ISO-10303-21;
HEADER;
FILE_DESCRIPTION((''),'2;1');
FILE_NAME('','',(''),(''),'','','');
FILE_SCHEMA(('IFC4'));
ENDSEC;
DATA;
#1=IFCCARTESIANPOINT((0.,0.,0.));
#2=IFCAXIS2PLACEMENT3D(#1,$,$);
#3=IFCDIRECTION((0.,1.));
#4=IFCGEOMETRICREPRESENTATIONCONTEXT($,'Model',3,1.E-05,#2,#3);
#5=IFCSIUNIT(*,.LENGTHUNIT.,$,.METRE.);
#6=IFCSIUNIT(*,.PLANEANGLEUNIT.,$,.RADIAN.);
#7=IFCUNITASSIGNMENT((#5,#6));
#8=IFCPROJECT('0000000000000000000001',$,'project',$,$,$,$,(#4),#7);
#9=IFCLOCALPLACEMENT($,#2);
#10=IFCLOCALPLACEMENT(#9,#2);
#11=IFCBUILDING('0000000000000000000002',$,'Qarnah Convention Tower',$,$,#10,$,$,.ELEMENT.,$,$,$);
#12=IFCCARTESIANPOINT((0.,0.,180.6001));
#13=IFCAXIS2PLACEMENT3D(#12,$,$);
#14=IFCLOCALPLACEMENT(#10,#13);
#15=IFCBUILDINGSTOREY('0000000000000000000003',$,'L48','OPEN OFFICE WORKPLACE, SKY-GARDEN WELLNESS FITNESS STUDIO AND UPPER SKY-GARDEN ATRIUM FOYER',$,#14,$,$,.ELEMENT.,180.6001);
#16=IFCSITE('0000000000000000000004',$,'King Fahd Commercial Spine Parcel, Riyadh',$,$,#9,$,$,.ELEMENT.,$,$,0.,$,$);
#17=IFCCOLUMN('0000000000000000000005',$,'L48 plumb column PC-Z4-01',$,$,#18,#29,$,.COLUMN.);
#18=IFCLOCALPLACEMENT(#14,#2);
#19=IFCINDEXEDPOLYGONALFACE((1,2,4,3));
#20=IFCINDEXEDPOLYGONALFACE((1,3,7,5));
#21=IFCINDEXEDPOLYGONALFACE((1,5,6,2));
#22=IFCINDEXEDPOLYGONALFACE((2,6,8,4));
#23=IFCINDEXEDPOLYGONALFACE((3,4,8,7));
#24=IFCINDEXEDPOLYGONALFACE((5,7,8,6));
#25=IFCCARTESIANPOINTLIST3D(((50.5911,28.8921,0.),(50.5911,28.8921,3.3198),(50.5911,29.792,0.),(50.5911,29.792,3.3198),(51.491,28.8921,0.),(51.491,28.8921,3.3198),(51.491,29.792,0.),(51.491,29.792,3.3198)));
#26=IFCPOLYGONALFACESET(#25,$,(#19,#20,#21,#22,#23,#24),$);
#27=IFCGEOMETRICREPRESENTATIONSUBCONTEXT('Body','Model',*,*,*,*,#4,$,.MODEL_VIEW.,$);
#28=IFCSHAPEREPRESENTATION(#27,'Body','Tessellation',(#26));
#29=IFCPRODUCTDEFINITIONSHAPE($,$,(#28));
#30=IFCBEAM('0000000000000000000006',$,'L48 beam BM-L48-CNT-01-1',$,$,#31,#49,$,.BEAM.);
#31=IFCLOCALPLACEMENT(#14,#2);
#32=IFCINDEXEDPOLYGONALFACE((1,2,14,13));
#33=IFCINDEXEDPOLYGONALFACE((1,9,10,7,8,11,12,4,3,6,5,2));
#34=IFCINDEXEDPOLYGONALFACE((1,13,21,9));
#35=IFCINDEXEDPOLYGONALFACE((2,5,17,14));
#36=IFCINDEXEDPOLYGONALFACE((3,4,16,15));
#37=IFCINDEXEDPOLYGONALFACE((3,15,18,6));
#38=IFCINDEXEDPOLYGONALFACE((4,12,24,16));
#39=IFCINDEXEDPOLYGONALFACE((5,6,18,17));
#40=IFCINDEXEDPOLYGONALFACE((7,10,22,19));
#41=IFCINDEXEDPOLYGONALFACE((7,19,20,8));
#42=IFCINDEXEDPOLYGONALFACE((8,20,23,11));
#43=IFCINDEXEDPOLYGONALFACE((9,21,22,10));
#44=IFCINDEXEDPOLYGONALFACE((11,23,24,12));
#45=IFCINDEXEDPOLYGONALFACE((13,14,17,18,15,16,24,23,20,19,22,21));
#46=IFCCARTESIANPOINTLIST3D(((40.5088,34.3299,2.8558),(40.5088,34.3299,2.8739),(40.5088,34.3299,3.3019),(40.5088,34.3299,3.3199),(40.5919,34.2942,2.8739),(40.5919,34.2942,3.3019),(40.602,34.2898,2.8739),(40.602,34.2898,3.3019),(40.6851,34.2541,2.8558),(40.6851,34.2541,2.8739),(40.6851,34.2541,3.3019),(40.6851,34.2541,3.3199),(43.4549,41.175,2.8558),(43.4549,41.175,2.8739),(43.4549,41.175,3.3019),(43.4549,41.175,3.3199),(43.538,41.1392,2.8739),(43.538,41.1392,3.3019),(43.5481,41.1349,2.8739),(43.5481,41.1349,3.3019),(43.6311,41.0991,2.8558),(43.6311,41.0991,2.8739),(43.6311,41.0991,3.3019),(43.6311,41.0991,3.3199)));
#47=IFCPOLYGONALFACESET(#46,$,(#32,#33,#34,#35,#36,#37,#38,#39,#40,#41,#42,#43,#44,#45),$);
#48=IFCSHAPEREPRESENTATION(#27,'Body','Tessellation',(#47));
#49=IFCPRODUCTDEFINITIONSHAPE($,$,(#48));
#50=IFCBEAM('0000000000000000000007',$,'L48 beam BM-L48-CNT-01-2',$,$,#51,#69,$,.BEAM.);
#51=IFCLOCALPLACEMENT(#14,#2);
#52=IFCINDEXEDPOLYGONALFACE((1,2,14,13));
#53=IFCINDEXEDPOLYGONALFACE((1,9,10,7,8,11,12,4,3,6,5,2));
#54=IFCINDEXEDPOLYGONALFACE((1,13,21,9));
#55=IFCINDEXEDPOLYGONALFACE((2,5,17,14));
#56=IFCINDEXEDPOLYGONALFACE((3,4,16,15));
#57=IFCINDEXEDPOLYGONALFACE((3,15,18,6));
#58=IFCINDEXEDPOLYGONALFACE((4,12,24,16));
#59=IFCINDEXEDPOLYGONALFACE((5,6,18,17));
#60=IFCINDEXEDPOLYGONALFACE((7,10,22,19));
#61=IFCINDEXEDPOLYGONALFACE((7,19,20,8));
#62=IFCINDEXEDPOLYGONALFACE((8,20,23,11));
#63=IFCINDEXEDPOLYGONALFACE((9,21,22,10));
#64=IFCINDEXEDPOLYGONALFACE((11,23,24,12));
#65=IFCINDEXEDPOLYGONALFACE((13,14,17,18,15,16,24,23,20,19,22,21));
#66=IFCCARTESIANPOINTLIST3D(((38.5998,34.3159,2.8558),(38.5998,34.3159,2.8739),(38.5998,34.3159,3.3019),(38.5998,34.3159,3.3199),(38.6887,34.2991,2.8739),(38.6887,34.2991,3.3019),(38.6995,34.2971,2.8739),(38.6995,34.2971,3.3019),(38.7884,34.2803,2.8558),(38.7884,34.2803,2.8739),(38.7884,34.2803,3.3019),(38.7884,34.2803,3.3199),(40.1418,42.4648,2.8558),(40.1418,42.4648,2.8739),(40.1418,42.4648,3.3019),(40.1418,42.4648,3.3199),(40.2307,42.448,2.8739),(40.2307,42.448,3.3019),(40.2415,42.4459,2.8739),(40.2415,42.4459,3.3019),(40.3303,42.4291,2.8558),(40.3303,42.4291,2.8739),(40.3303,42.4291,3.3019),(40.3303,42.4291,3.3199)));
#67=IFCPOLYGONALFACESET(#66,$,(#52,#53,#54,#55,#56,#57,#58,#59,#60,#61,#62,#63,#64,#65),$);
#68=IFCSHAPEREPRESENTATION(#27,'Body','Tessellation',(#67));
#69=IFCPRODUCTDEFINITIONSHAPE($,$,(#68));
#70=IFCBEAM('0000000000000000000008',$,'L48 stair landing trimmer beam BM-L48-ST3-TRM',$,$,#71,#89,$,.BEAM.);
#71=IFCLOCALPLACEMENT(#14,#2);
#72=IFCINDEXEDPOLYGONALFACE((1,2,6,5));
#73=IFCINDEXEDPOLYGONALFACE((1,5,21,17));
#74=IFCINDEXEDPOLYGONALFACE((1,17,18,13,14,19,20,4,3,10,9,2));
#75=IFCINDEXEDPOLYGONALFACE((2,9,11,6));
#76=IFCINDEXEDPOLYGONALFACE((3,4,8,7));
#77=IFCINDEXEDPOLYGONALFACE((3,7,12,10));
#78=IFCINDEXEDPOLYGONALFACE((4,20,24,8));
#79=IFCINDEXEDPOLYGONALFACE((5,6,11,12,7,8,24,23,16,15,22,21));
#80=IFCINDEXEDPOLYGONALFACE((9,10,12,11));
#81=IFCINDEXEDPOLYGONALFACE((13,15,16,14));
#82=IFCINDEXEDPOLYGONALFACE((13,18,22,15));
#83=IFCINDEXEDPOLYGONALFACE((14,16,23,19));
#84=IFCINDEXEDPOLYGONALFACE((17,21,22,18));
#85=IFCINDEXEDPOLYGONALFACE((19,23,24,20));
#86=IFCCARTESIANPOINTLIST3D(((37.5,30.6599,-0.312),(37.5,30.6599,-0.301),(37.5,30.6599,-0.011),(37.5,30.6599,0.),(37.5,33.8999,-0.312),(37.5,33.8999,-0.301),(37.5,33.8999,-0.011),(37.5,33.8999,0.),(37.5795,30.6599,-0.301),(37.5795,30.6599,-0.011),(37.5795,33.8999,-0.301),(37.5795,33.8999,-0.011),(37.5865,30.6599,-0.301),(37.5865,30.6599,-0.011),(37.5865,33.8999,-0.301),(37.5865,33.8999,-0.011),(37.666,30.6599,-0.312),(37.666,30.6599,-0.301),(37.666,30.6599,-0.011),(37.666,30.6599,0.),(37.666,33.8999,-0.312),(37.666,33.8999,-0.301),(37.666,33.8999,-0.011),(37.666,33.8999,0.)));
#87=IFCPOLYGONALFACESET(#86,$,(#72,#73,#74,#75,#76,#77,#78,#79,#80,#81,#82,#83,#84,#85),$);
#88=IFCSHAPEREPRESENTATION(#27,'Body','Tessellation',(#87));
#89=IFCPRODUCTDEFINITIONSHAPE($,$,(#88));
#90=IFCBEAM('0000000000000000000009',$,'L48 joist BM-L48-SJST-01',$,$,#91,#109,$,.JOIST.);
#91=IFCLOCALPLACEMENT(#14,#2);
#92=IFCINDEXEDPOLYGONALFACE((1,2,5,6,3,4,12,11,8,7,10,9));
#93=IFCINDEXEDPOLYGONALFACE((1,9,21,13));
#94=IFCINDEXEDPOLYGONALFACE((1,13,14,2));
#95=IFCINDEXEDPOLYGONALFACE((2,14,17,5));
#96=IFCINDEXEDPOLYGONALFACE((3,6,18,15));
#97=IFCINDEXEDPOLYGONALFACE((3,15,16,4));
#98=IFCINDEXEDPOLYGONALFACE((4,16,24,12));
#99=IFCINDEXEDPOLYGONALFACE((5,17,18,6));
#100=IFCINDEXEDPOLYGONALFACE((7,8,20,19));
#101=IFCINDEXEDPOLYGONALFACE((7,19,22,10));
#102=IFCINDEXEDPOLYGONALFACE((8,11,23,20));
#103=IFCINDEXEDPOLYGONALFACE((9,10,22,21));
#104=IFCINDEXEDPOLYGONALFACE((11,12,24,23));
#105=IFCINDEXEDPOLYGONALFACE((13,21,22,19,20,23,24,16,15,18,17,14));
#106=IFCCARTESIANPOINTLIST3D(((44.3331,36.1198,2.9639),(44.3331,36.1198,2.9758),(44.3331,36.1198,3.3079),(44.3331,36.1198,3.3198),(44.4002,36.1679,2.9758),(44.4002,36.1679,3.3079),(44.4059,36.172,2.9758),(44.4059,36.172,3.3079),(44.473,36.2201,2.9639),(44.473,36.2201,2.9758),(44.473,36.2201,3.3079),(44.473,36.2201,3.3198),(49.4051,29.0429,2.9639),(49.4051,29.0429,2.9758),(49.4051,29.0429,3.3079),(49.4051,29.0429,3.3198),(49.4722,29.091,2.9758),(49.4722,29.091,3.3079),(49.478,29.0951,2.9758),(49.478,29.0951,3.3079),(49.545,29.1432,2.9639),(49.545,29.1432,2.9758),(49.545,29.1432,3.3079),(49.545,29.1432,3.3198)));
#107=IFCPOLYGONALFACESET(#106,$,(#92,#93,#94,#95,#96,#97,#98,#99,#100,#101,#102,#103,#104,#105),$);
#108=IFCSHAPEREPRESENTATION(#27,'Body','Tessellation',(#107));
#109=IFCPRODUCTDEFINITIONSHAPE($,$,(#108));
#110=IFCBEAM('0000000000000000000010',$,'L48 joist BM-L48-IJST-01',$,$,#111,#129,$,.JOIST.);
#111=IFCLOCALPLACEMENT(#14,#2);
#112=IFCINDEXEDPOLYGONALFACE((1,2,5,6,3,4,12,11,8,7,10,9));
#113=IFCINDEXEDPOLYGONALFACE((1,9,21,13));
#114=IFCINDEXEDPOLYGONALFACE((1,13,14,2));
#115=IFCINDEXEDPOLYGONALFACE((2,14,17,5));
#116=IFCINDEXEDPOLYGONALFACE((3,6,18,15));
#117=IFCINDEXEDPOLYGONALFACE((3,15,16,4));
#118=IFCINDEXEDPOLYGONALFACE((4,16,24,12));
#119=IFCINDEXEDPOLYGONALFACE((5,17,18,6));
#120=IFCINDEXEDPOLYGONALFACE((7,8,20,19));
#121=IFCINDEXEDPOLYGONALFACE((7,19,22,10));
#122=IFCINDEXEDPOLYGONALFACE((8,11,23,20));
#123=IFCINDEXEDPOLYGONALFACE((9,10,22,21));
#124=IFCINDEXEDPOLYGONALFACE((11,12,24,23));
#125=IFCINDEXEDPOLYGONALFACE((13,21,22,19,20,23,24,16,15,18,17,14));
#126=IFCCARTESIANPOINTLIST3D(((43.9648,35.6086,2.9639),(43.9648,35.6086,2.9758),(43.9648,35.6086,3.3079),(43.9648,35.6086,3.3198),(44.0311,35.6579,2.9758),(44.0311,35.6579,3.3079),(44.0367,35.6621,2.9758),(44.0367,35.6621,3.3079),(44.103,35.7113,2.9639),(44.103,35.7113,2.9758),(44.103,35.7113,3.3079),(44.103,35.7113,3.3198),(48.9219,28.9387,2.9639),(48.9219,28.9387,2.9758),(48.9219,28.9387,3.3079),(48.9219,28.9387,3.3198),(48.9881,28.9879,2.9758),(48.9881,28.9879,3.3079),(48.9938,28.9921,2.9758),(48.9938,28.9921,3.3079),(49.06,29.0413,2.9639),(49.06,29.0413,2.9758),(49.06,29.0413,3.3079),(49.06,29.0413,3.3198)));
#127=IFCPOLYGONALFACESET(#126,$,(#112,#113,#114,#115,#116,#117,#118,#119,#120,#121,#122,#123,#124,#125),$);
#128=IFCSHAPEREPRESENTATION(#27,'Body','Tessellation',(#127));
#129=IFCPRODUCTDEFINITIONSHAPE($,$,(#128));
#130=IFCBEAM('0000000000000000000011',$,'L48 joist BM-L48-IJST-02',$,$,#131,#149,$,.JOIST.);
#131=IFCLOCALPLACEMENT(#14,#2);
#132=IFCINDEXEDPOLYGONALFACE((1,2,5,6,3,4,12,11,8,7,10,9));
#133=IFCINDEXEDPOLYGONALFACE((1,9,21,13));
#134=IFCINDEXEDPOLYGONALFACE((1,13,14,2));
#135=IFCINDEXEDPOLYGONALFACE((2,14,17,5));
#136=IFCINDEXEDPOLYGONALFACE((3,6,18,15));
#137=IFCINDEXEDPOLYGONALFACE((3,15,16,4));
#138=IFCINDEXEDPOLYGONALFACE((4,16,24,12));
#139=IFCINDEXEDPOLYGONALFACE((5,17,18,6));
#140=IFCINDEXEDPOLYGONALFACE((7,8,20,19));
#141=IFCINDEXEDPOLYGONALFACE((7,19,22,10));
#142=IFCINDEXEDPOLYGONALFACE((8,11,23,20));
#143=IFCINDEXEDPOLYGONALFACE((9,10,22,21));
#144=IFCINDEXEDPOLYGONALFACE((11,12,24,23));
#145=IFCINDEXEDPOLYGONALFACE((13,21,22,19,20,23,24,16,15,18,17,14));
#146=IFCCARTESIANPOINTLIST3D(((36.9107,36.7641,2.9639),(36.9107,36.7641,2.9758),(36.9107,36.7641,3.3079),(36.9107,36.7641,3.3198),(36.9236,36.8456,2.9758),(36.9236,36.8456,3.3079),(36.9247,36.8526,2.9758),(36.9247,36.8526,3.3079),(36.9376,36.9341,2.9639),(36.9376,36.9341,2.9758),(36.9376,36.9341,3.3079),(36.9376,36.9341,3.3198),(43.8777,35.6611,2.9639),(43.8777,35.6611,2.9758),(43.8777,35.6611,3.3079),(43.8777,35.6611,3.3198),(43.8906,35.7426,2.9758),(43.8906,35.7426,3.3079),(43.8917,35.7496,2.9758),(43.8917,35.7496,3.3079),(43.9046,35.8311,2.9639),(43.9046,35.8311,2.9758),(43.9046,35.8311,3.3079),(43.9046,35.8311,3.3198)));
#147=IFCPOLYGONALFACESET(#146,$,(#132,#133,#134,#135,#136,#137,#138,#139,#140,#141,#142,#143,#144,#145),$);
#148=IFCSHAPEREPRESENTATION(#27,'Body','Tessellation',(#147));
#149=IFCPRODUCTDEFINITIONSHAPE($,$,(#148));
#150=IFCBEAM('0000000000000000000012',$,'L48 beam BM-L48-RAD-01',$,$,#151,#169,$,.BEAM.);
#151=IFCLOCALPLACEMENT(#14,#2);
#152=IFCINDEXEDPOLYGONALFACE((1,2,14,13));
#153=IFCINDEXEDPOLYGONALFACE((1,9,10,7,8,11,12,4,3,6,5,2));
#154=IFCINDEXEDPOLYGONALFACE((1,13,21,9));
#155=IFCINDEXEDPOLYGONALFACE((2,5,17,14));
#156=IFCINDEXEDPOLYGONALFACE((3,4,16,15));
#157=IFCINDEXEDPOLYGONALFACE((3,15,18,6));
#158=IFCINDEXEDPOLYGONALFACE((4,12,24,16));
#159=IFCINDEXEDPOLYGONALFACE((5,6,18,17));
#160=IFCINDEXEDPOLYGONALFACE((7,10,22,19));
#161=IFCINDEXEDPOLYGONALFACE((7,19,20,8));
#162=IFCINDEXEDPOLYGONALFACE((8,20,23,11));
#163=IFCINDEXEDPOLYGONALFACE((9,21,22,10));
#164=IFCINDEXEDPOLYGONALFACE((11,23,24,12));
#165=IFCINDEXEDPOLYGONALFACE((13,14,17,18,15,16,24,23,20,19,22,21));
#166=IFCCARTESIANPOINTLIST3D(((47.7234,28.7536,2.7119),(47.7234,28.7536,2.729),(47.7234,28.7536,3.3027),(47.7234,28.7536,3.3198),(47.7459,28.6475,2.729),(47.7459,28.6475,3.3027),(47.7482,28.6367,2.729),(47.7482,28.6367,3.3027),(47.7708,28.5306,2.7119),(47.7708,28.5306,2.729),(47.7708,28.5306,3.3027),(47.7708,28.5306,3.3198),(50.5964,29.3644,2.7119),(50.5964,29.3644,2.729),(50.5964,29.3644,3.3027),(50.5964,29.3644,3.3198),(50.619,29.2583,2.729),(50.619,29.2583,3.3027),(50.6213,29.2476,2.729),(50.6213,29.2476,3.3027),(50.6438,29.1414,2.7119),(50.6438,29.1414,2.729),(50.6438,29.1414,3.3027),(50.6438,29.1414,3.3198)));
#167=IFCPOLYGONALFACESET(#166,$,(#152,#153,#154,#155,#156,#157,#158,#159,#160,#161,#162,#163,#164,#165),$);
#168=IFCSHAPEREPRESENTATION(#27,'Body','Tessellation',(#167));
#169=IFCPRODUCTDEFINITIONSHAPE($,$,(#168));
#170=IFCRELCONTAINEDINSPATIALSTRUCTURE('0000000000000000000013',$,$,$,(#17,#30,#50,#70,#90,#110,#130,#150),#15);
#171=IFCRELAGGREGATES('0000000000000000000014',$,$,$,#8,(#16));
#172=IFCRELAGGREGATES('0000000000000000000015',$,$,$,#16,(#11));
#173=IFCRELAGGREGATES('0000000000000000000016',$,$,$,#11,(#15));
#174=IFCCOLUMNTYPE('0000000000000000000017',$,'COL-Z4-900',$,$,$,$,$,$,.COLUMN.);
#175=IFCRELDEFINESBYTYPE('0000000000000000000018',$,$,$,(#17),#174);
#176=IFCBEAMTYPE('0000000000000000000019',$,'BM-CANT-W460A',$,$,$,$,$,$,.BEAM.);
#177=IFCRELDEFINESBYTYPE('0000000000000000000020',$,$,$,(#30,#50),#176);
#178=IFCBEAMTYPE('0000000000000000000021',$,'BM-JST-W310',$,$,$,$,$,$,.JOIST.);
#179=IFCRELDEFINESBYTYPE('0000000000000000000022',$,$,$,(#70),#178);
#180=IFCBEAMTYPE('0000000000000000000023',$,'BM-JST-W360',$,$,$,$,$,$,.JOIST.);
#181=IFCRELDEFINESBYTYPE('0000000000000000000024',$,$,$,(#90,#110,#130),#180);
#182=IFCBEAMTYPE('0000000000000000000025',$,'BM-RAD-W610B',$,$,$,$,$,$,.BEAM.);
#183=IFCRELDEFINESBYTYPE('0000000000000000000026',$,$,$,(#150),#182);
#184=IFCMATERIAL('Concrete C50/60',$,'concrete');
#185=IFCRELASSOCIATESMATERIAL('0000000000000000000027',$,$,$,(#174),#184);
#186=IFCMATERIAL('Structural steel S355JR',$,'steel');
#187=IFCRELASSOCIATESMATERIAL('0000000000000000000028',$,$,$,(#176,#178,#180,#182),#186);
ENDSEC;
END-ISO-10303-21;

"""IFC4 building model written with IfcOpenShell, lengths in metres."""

from ifc_helpers import new_model, si_unit, direction, frame, origin, origin_2d, place, context, subcontext, project, spatial, rectangle, i_section, extrude, material, material_profile, profile_set, type_object, element, save


model = new_model("IFC4")

# Units and contexts
model_context = context("Model", 3, precision=1e-05, world=origin(), true_north=direction((0.0, 1.0)))
body_context = subcontext(model_context, "Body", "Model", "MODEL_VIEW")
ifc_project = project(units=[si_unit("LENGTHUNIT", "METRE"), si_unit("PLANEANGLEUNIT", "RADIAN")], contexts=[model_context])

# Site, building, storey
site_placement = place(None, origin())
site = spatial("IfcSite", under=ifc_project, at=site_placement, Name="King Fahd Commercial Spine Parcel, Riyadh", CompositionType="ELEMENT", RefElevation=0.0)
building_placement = place(site_placement, origin())
building = spatial("IfcBuilding", under=site, at=building_placement, Name="Qarnah Convention Tower", CompositionType="ELEMENT")
storey_placement = place(building_placement, frame((0.0, 0.0, 180.6001)))
storey = spatial("IfcBuildingStorey", under=building, at=storey_placement, Name="L48", Description="OPEN OFFICE WORKPLACE, SKY-GARDEN WELLNESS FITNESS STUDIO AND UPPER SKY-GARDEN ATRIUM FOYER", CompositionType="ELEMENT", Elevation=180.6001)

# Column
ifc_material_1 = material(Name="Concrete C50/60", Category="concrete")
ifc_material_profile_1 = material_profile(ifc_material_1, rectangle(XDim=0.8999, YDim=0.8999, at=origin_2d()), Name="RC-COL-900X900")
ifc_profile_set_1 = profile_set([ifc_material_profile_1], Name="Concrete C50/60")
column_type = type_object("IfcColumnType", Name="COL-Z4-900", PredefinedType="COLUMN", material=ifc_profile_set_1)
column_placement = place(storey_placement, frame((51.041, 29.342, 0.0), z_axis=(0.0, 0.0, 1.0), x_axis=(1.0, 0.0, 0.0)))
element("IfcColumn", 1, at=column_placement, inside=storey, type_object=column_type, Name="L48 plumb column PC-Z4-01", PredefinedType="COLUMN", context=body_context, shape_type="SweptSolid", body=[
    extrude(rectangle(XDim=0.8999, YDim=0.8999, at=origin_2d()), origin(), (0.0, 0.0, 1.0), 3.3198),
])

# Beams
ifc_material_2 = material(Name="Structural steel S355JR", Category="steel")
ifc_material_profile_2 = material_profile(ifc_material_2, i_section(OverallWidth=0.1919, OverallDepth=0.4641, WebThickness=0.011, FlangeThickness=0.0181, at=origin_2d()), Name="W460X89")
ifc_profile_set_2 = profile_set([ifc_material_profile_2], Name="Structural steel S355JR")
beam_type_1 = type_object("IfcBeamType", Name="BM-CANT-W460A", PredefinedType="BEAM", material=ifc_profile_set_2)
beam_1_placement = place(storey_placement, frame((40.5969, 34.292, 3.0879), z_axis=(0.395334, 0.918537, 0.0), x_axis=(-0.918537, 0.395334, 0.0)))
element("IfcBeam", 2, at=beam_1_placement, inside=storey, type_object=beam_type_1, Name="L48 beam BM-L48-CNT-01-1", PredefinedType="BEAM", context=body_context, shape_type="SweptSolid", body=[
    extrude(i_section(OverallWidth=0.1919, OverallDepth=0.4641, WebThickness=0.011, FlangeThickness=0.0181, at=origin_2d()), origin(), (0.0, 0.0, 1.0), 7.4521),
])
beam_2_placement = place(storey_placement, frame((38.6941, 34.2981, 3.0879), z_axis=(0.185927, 0.982564, 0.0), x_axis=(-0.982564, 0.185927, 0.0)))
element("IfcBeam", 3, at=beam_2_placement, inside=storey, type_object=beam_type_1, Name="L48 beam BM-L48-CNT-01-2", PredefinedType="BEAM", context=body_context, shape_type="SweptSolid", body=[
    extrude(i_section(OverallWidth=0.1919, OverallDepth=0.4641, WebThickness=0.011, FlangeThickness=0.0181, at=origin_2d()), origin(), (0.0, 0.0, 1.0), 8.2935),
])
ifc_material_profile_3 = material_profile(ifc_material_2, i_section(OverallWidth=0.166, OverallDepth=0.312, WebThickness=0.0071, FlangeThickness=0.011, at=origin_2d()), Name="W310X45")
ifc_profile_set_3 = profile_set([ifc_material_profile_3], Name="Structural steel S355JR")
beam_type_2 = type_object("IfcBeamType", Name="BM-JST-W310", PredefinedType="JOIST", material=ifc_profile_set_3)
beam_3_placement = place(storey_placement, frame((37.583, 30.6599, -0.156), z_axis=(0.0, 1.0, 0.0), x_axis=(-1.0, 0.0, 0.0)))
element("IfcBeam", 4, at=beam_3_placement, inside=storey, type_object=beam_type_2, Name="L48 stair landing trimmer beam BM-L48-ST3-TRM", PredefinedType="BEAM", context=body_context, shape_type="SweptSolid", body=[
    extrude(i_section(OverallWidth=0.166, OverallDepth=0.312, WebThickness=0.0071, FlangeThickness=0.011, at=origin_2d()), origin(), (0.0, 0.0, 1.0), 3.24),
])
ifc_material_profile_4 = material_profile(ifc_material_2, i_section(OverallWidth=0.1721, OverallDepth=0.356, WebThickness=0.0071, FlangeThickness=0.012, at=origin_2d()), Name="W360X51")
ifc_profile_set_4 = profile_set([ifc_material_profile_4], Name="Structural steel S355JR")
beam_type_3 = type_object("IfcBeamType", Name="BM-JST-W360", PredefinedType="JOIST", material=ifc_profile_set_4)
beam_4_placement = place(storey_placement, frame((49.4751, 29.093, 3.1418), z_axis=(-0.582537, 0.812804, 0.0), x_axis=(-0.812804, -0.582537, 0.0)))
element("IfcBeam", 5, at=beam_4_placement, inside=storey, type_object=beam_type_3, Name="L48 joist BM-L48-SJST-01", PredefinedType="JOIST", context=body_context, shape_type="SweptSolid", body=[
    extrude(i_section(OverallWidth=0.1721, OverallDepth=0.356, WebThickness=0.0071, FlangeThickness=0.012, at=origin_2d()), origin(), (0.0, 0.0, 1.0), 8.7068),
])
beam_5_placement = place(storey_placement, frame((48.991, 28.99, 3.1418), z_axis=(-0.596497, 0.802615, 0.0), x_axis=(-0.802615, -0.596497, 0.0)))
element("IfcBeam", 6, at=beam_5_placement, inside=storey, type_object=beam_type_3, Name="L48 joist BM-L48-IJST-01", PredefinedType="JOIST", context=body_context, shape_type="SweptSolid", body=[
    extrude(i_section(OverallWidth=0.1721, OverallDepth=0.356, WebThickness=0.0071, FlangeThickness=0.012, at=origin_2d()), origin(), (0.0, 0.0, 1.0), 8.3103),
])
beam_6_placement = place(storey_placement, frame((43.8911, 35.7461, 3.1418), z_axis=(-0.987698, 0.156373, 0.0), x_axis=(-0.156373, -0.987698, 0.0)))
element("IfcBeam", 7, at=beam_6_placement, inside=storey, type_object=beam_type_3, Name="L48 joist BM-L48-IJST-02", PredefinedType="JOIST", context=body_context, shape_type="SweptSolid", body=[
    extrude(i_section(OverallWidth=0.1721, OverallDepth=0.356, WebThickness=0.0071, FlangeThickness=0.012, at=origin_2d()), origin(), (0.0, 0.0, 1.0), 7.0537),
])
ifc_material_profile_5 = material_profile(ifc_material_2, i_section(OverallWidth=0.228, OverallDepth=0.6079, WebThickness=0.011, FlangeThickness=0.0171, at=origin_2d()), Name="W610X113")
ifc_profile_set_5 = profile_set([ifc_material_profile_5], Name="Structural steel S355JR")
beam_type_4 = type_object("IfcBeamType", Name="BM-RAD-W610B", PredefinedType="BEAM", material=ifc_profile_set_5)
beam_7_placement = place(storey_placement, frame((47.7471, 28.6421, 3.0159), z_axis=(0.978137, 0.207962, 0.0), x_axis=(-0.207962, 0.978137, 0.0)))
element("IfcBeam", 8, at=beam_7_placement, inside=storey, type_object=beam_type_4, Name="L48 beam BM-L48-RAD-01", PredefinedType="BEAM", context=body_context, shape_type="SweptSolid", body=[
    extrude(i_section(OverallWidth=0.228, OverallDepth=0.6079, WebThickness=0.011, FlangeThickness=0.0171, at=origin_2d()), origin(), (0.0, 0.0, 1.0), 2.9373),
])

save(model, "model.ifc")
